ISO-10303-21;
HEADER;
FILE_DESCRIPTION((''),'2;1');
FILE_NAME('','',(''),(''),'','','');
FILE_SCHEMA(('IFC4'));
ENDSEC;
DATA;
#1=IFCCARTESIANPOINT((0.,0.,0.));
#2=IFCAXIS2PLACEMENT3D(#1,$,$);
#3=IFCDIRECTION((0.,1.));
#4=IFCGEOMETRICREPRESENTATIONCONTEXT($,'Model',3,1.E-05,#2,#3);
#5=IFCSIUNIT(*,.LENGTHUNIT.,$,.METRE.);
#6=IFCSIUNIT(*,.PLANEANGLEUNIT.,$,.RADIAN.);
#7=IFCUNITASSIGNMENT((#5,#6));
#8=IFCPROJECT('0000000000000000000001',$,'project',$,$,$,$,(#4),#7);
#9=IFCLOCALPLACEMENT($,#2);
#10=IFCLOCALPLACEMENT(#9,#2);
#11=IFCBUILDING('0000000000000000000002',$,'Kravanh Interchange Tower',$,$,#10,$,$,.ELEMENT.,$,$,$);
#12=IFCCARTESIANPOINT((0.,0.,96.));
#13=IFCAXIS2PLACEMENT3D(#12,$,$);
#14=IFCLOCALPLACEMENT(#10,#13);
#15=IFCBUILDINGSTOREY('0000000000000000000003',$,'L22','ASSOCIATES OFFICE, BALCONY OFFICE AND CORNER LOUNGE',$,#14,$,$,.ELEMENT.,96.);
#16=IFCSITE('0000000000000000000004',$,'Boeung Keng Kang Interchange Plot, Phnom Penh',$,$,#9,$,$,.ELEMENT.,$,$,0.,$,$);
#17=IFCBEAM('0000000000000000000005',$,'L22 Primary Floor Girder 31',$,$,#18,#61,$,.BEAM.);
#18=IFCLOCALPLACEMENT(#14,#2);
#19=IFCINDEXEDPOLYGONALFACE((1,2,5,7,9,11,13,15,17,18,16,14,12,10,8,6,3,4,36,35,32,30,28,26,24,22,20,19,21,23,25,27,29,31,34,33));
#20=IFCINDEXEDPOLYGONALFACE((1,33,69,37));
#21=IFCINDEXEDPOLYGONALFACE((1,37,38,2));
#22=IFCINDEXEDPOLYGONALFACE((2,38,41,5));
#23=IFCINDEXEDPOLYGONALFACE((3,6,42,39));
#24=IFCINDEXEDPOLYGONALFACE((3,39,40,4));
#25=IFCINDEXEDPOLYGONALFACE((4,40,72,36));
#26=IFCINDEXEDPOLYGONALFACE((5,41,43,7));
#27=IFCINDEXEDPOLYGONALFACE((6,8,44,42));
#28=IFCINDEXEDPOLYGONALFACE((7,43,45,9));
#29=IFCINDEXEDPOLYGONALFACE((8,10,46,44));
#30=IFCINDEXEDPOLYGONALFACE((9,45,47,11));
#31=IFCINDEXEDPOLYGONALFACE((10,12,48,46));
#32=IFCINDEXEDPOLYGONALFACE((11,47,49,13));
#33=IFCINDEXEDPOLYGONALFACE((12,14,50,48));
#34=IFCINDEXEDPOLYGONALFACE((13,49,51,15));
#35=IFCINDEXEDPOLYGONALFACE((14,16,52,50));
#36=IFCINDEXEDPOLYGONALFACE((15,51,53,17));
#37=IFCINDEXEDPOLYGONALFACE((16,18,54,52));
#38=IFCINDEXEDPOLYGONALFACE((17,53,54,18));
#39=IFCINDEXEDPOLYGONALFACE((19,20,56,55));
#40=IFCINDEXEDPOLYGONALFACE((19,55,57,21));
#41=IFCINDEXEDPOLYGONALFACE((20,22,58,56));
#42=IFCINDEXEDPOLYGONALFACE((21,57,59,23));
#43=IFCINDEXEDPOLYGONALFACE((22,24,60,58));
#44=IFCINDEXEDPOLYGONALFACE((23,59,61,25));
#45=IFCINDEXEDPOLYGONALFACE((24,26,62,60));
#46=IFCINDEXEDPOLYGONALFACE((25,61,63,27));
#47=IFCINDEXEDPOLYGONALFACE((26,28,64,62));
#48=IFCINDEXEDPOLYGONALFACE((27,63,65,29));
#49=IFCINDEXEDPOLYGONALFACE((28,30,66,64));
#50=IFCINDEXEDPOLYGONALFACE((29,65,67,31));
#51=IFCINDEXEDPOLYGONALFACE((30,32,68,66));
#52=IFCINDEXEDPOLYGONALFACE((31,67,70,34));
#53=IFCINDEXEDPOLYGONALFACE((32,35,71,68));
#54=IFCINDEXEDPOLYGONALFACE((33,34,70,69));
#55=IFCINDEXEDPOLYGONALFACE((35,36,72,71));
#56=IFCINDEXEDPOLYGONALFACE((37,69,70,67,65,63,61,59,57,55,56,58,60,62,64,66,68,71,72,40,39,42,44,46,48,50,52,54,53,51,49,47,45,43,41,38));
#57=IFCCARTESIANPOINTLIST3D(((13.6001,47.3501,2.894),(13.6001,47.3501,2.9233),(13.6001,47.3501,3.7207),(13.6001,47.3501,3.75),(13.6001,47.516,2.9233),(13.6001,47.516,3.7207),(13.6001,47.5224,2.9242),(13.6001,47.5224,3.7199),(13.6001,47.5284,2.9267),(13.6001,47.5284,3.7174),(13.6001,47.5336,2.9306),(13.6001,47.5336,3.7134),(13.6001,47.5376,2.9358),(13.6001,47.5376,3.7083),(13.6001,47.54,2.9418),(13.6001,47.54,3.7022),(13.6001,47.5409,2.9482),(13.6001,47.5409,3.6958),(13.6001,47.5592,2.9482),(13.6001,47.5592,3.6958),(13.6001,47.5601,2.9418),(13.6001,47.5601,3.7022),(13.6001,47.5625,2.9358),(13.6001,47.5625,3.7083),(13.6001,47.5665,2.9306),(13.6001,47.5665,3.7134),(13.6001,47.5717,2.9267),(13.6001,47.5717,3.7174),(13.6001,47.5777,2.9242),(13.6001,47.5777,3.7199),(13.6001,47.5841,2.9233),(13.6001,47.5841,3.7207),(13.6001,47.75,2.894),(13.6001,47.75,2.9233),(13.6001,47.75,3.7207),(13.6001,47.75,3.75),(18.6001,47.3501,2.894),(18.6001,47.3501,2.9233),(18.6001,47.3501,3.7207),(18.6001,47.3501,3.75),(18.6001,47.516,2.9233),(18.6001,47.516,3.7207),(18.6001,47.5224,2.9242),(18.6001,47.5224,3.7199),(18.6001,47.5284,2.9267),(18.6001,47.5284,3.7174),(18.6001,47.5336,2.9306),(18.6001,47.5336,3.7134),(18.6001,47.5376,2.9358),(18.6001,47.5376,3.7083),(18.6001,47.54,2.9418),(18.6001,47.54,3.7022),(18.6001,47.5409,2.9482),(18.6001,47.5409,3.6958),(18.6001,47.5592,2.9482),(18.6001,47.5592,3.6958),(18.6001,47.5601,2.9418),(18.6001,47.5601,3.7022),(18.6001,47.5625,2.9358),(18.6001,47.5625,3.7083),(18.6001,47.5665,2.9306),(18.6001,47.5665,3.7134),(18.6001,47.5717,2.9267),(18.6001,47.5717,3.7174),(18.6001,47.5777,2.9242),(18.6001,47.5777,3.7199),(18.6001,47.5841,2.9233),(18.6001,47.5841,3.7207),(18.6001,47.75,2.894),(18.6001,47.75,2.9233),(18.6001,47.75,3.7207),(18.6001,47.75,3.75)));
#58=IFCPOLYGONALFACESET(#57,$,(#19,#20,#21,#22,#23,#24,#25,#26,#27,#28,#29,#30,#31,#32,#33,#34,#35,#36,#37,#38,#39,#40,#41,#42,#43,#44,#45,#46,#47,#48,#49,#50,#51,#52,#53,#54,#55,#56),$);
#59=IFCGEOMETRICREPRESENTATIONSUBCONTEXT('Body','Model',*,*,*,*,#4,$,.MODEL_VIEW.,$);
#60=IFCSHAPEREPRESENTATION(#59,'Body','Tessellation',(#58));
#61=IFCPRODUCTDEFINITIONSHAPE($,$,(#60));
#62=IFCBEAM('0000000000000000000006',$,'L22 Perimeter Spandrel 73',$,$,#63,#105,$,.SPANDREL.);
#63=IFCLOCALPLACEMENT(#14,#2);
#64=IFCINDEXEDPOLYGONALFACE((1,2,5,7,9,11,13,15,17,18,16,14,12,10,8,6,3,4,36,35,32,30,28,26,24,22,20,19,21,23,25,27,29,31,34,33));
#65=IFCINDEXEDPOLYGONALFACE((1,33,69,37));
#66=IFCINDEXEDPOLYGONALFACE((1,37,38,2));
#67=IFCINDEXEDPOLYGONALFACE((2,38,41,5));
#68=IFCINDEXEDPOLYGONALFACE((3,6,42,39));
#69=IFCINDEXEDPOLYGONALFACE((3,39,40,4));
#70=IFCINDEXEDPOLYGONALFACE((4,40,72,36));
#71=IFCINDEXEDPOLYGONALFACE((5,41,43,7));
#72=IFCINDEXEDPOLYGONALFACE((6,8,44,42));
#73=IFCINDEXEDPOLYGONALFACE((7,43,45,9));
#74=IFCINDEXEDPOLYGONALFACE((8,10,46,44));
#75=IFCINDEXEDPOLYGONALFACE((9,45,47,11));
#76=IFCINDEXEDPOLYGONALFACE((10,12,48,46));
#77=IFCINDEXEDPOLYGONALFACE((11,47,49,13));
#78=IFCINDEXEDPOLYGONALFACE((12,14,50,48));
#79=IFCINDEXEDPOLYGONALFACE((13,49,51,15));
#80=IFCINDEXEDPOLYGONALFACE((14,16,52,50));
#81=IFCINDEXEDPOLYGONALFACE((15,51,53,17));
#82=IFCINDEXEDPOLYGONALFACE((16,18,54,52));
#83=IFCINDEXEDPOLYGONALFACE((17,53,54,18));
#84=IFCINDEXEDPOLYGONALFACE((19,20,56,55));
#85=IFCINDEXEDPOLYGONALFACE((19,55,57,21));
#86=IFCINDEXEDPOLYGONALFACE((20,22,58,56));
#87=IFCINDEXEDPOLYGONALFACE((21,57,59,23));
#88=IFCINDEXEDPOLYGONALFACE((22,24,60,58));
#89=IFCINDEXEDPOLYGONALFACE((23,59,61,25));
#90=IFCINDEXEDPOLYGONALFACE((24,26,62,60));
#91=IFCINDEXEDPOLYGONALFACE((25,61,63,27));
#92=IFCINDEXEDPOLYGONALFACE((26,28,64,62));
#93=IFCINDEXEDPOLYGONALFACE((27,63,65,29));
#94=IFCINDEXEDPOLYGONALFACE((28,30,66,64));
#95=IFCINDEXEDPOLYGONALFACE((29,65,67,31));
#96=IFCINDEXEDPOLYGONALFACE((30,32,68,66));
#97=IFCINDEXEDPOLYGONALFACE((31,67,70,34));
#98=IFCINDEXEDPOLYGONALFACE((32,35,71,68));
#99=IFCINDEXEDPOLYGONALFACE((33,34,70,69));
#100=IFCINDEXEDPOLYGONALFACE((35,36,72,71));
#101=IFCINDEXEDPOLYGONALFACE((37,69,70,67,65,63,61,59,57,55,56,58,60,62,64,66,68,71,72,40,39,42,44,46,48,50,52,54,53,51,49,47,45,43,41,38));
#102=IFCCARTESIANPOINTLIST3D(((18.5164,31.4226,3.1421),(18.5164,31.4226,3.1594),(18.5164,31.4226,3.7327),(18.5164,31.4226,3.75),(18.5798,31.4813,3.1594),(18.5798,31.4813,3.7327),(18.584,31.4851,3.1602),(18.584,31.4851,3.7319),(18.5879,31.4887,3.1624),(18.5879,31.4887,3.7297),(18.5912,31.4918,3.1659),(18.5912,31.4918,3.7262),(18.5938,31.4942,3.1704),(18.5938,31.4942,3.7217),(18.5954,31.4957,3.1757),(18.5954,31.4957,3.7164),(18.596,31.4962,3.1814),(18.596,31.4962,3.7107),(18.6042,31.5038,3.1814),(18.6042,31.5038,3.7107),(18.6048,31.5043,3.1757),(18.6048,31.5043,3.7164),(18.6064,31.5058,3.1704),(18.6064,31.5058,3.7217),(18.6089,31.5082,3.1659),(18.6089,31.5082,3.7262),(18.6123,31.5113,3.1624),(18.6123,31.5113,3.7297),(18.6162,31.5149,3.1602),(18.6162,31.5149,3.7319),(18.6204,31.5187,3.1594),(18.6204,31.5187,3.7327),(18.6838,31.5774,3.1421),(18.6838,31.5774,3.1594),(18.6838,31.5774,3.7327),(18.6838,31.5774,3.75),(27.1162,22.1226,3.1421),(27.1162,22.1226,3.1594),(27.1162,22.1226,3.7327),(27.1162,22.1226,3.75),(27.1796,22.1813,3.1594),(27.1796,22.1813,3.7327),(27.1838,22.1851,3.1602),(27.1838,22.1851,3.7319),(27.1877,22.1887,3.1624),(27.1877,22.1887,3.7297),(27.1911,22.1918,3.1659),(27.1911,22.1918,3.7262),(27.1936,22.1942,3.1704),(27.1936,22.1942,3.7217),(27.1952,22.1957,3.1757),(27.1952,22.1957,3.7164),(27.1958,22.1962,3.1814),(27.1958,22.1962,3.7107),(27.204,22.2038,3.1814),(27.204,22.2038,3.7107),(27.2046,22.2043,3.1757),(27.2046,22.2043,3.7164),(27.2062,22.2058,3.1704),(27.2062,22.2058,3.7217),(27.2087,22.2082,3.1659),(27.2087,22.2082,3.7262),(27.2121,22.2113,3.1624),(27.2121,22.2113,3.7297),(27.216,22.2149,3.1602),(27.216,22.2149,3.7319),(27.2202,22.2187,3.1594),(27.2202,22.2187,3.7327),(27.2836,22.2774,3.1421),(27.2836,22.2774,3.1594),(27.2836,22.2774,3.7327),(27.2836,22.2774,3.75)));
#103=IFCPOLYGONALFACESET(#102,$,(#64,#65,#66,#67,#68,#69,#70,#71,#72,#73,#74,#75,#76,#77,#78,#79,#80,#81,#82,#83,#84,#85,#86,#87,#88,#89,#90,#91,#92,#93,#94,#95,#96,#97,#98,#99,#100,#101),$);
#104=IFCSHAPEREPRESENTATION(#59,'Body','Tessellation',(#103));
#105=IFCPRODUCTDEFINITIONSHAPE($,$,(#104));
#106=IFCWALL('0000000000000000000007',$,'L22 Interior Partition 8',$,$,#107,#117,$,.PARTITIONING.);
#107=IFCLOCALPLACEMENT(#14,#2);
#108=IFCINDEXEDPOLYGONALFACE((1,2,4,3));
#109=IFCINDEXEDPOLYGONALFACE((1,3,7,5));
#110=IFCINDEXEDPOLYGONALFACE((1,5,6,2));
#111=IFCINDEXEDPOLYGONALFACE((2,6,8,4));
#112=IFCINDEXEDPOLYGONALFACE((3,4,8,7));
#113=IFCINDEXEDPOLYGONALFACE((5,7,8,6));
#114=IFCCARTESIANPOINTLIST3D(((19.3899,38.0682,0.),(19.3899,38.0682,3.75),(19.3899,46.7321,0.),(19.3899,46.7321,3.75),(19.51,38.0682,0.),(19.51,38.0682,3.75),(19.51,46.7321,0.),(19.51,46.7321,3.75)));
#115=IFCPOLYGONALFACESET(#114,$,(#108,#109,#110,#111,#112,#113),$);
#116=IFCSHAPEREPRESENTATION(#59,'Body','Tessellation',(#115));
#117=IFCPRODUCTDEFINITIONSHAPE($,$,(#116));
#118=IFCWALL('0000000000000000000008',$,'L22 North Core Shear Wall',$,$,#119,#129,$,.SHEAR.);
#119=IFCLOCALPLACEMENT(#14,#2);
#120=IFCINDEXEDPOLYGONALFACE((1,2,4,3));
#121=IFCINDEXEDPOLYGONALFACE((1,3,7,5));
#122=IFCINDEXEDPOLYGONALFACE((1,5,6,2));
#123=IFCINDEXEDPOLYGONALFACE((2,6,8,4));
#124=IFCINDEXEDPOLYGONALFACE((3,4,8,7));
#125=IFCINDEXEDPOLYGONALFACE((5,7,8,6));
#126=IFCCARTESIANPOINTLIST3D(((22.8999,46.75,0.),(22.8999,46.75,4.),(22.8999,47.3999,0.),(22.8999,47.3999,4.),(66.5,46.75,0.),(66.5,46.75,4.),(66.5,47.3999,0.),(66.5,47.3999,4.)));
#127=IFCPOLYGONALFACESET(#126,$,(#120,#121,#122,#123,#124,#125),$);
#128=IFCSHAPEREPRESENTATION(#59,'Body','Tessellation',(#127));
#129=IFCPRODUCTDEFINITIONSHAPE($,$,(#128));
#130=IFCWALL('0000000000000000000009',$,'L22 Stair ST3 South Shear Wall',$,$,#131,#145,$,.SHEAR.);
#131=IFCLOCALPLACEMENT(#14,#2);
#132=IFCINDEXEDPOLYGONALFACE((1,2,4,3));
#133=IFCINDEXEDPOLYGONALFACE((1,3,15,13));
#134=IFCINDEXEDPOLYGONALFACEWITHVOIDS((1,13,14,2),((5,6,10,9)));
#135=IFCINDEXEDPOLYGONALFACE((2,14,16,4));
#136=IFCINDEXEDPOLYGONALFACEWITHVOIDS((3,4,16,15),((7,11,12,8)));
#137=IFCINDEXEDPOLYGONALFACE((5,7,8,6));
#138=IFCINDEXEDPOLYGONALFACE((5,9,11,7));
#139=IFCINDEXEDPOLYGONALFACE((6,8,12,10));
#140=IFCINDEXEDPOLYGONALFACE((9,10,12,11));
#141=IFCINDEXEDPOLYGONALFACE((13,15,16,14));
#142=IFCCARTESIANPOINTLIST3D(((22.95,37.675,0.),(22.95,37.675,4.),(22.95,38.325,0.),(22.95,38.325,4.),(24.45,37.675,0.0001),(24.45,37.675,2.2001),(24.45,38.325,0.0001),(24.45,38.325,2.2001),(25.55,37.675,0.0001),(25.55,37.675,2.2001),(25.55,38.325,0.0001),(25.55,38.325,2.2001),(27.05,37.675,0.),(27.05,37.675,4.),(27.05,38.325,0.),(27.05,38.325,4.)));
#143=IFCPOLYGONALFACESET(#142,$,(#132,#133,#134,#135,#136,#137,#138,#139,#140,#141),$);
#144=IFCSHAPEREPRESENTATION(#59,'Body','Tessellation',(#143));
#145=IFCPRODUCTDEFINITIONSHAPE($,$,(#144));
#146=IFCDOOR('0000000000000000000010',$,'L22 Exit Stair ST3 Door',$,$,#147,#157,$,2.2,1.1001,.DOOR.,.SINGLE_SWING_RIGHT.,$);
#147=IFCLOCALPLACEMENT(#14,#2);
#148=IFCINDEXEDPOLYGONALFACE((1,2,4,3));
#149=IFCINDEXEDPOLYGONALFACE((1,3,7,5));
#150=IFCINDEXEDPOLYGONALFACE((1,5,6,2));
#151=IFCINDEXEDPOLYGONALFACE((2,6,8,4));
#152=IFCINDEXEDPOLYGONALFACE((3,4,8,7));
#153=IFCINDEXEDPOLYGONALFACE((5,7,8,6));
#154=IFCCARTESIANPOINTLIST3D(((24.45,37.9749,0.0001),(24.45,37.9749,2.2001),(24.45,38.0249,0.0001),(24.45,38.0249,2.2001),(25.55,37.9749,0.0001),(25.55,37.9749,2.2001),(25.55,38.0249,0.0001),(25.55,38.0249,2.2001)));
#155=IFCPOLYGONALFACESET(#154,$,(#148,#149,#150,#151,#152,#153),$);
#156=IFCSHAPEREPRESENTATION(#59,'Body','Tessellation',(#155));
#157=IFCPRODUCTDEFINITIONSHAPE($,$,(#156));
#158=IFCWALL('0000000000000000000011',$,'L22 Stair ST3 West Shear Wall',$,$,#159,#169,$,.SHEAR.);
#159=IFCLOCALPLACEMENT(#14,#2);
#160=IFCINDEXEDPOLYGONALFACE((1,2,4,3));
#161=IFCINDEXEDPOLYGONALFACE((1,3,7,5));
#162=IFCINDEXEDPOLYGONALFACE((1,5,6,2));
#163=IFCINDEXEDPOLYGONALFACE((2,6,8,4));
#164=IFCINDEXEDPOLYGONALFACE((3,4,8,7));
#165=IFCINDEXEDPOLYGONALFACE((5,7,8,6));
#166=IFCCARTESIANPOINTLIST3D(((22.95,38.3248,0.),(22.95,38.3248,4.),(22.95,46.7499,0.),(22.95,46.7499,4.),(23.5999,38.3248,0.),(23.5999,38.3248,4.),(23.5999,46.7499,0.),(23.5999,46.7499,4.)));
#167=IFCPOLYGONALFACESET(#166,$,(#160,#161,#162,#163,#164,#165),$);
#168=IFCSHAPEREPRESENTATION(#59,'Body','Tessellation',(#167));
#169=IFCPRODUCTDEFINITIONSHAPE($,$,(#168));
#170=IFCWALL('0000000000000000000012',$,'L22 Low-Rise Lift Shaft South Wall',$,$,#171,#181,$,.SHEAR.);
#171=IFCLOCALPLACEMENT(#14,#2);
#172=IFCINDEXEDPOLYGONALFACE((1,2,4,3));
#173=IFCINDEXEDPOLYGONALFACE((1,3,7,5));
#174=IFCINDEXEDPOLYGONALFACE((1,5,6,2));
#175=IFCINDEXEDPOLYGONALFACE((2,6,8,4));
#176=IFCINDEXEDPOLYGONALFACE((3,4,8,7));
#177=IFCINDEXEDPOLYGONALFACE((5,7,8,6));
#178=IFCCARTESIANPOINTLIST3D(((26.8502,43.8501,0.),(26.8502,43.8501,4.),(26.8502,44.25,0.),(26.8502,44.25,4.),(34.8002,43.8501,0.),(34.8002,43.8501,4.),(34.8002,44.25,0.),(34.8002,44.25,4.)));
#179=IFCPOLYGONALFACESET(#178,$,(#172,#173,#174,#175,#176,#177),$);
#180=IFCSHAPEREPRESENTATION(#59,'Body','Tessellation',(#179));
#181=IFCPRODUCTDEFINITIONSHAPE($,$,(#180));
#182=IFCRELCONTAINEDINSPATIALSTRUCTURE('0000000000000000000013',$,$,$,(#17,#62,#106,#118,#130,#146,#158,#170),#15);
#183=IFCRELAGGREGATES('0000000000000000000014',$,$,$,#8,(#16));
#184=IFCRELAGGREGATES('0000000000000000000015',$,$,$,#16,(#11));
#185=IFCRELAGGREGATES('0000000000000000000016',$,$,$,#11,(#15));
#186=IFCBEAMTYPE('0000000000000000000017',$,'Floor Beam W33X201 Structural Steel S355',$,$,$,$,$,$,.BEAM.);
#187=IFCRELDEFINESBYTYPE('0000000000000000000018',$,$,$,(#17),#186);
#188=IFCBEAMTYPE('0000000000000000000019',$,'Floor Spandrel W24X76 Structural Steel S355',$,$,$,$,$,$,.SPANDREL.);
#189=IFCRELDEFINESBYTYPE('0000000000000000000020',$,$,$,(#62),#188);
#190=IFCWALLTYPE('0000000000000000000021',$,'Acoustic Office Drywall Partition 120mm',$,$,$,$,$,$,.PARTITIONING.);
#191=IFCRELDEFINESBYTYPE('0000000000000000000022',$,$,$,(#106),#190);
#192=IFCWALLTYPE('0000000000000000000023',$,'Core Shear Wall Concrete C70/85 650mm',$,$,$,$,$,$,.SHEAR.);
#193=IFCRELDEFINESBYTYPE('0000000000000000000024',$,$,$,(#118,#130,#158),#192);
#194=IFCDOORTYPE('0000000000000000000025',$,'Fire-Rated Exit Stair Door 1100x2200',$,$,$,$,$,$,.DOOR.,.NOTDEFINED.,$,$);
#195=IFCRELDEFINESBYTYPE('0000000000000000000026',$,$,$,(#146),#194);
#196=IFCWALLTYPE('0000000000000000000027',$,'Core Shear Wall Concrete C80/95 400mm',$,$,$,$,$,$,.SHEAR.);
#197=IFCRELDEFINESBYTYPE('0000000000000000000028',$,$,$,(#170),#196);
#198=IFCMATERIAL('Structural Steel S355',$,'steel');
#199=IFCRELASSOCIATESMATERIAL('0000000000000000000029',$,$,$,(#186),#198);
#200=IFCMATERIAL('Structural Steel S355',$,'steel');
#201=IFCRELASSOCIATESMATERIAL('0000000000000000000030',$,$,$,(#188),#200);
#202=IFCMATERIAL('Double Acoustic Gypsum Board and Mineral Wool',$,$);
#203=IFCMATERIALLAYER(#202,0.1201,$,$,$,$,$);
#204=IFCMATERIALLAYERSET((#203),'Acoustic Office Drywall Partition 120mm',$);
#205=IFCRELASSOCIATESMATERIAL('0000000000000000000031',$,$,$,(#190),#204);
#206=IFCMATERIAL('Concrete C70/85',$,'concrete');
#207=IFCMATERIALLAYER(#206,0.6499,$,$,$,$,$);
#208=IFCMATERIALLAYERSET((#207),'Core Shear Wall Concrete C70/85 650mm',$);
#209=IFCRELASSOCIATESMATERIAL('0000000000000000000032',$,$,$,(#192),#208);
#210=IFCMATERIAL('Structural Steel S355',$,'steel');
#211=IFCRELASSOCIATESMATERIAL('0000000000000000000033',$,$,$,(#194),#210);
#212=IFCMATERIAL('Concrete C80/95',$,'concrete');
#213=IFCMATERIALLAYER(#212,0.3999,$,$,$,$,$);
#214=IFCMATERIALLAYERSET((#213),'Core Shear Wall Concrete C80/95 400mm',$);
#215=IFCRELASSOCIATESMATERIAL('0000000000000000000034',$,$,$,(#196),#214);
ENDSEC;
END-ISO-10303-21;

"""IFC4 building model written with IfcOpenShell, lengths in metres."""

from ifc_helpers import new_model, si_unit, direction, frame, frame_2d, origin, origin_2d, place, context, subcontext, project, spatial, rectangle, i_section, extrude, material, layer, layer_set, material_profile, profile_set, type_object, element, fill, save


model = new_model("IFC4")

# Units and contexts
model_context = context("Model", 3, precision=1e-05, world=origin(), true_north=direction((0.0, 1.0)))
body_context = subcontext(model_context, "Body", "Model", "MODEL_VIEW")
ifc_project = project(units=[si_unit("LENGTHUNIT", "METRE"), si_unit("PLANEANGLEUNIT", "RADIAN")], contexts=[model_context])

# Site, building, storey
site_placement = place(None, origin())
site = spatial("IfcSite", under=ifc_project, at=site_placement, Name="Boeung Keng Kang Interchange Plot, Phnom Penh", CompositionType="ELEMENT", RefElevation=0.0)
building_placement = place(site_placement, origin())
building = spatial("IfcBuilding", under=site, at=building_placement, Name="Kravanh Interchange Tower", CompositionType="ELEMENT")
storey_placement = place(building_placement, frame((0.0, 0.0, 96.0)))
storey = spatial("IfcBuildingStorey", under=building, at=storey_placement, Name="L22", Description="ASSOCIATES OFFICE, BALCONY OFFICE AND CORNER LOUNGE", CompositionType="ELEMENT", Elevation=96.0)

# Beams
ifc_material_1 = material(Name="Structural Steel S355", Category="steel")
ifc_material_profile_1 = material_profile(ifc_material_1, i_section(OverallWidth=0.3999, OverallDepth=0.856, WebThickness=0.0183, FlangeThickness=0.0293, FilletRadius=0.0249, at=origin_2d()), Name="W33X201")
ifc_profile_set_1 = profile_set([ifc_material_profile_1], Name="Structural Steel S355")
beam_type_1 = type_object("IfcBeamType", Name="Floor Beam W33X201 Structural Steel S355", PredefinedType="BEAM", material=ifc_profile_set_1)
beam_1_placement = place(storey_placement, frame((18.6001, 47.55, 3.322), z_axis=(-1.0, 0.0, 0.0), x_axis=(0.0, -1.0, 0.0)))
element("IfcBeam", 1, at=beam_1_placement, inside=storey, type_object=beam_type_1, Name="L22 Primary Floor Girder 31", PredefinedType="BEAM", context=body_context, shape_type="SweptSolid", body=[
    extrude(i_section(OverallWidth=0.3999, OverallDepth=0.856, WebThickness=0.0183, FlangeThickness=0.0293, FilletRadius=0.0249, at=origin_2d()), origin(), (0.0, 0.0, 1.0), 5.0),
])
ifc_material_2 = material(Name="Structural Steel S355", Category="steel")
ifc_material_profile_2 = material_profile(ifc_material_2, i_section(OverallWidth=0.228, OverallDepth=0.6079, WebThickness=0.0112, FlangeThickness=0.0173, FilletRadius=0.022, at=origin_2d()), Name="W24X76")
ifc_profile_set_2 = profile_set([ifc_material_profile_2], Name="Structural Steel S355")
beam_type_2 = type_object("IfcBeamType", Name="Floor Spandrel W24X76 Structural Steel S355", PredefinedType="SPANDREL", material=ifc_profile_set_2)
beam_2_placement = place(storey_placement, frame((18.6001, 31.5, 3.446), z_axis=(0.678927, -0.734205, 0.0), x_axis=(0.734205, 0.678927, 0.0)))
element("IfcBeam", 2, at=beam_2_placement, inside=storey, type_object=beam_type_2, Name="L22 Perimeter Spandrel 73", PredefinedType="SPANDREL", context=body_context, shape_type="SweptSolid", body=[
    extrude(i_section(OverallWidth=0.228, OverallDepth=0.6079, WebThickness=0.0112, FlangeThickness=0.0173, FilletRadius=0.022, at=origin_2d()), origin(), (0.0, 0.0, 1.0), 12.6667),
])

# Walls
ifc_material_3 = material(Name="Double Acoustic Gypsum Board and Mineral Wool")
ifc_layer_1 = layer(ifc_material_3, 0.1201)
ifc_layer_set_1 = layer_set([ifc_layer_1], Name="Acoustic Office Drywall Partition 120mm")
wall_type_1 = type_object("IfcWallType", Name="Acoustic Office Drywall Partition 120mm", PredefinedType="PARTITIONING", material=ifc_layer_set_1)
wall_1_placement = place(storey_placement, frame((19.45, 38.0681, 0.0), z_axis=(0.0, 0.0, 1.0), x_axis=(0.0, 1.0, 0.0)))
element("IfcWall", 3, at=wall_1_placement, inside=storey, type_object=wall_type_1, Name="L22 Interior Partition 8", PredefinedType="PARTITIONING", context=body_context, shape_type="SweptSolid", body=[
    extrude(rectangle(XDim=8.6638, YDim=0.1201, at=frame_2d((4.332, 0.0))), origin(), (0.0, 0.0, 1.0), 3.75),
])
ifc_material_4 = material(Name="Concrete C70/85", Category="concrete")
ifc_layer_2 = layer(ifc_material_4, 0.6499)
ifc_layer_set_2 = layer_set([ifc_layer_2], Name="Core Shear Wall Concrete C70/85 650mm")
wall_type_2 = type_object("IfcWallType", Name="Core Shear Wall Concrete C70/85 650mm", PredefinedType="SHEAR", material=ifc_layer_set_2)
wall_2_placement = place(storey_placement, frame((22.8999, 47.075, 0.0), z_axis=(0.0, 0.0, 1.0), x_axis=(1.0, 0.0, 0.0)))
element("IfcWall", 4, at=wall_2_placement, inside=storey, type_object=wall_type_2, Name="L22 North Core Shear Wall", PredefinedType="SHEAR", context=body_context, shape_type="SweptSolid", body=[
    extrude(rectangle(XDim=43.6001, YDim=0.6499, at=frame_2d((21.8, 0.0))), origin(), (0.0, 0.0, 1.0), 4.0),
])

# Wall, opening, door
wall_3_placement = place(storey_placement, frame((22.95, 38.0, 0.0), z_axis=(0.0, 0.0, 1.0), x_axis=(1.0, 0.0, 0.0)))
wall_3 = element("IfcWall", 5, at=wall_3_placement, inside=storey, type_object=wall_type_2, Name="L22 Stair ST3 South Shear Wall", PredefinedType="SHEAR", context=body_context, shape_type="SweptSolid", body=[
    extrude(rectangle(XDim=4.1001, YDim=0.6499, at=frame_2d((2.05, 0.0))), origin(), (0.0, 0.0, 1.0), 4.0),
])
opening_placement = place(wall_3_placement, frame((1.5, 0.0, 0.0)))
opening = element("IfcOpeningElement", 6, at=opening_placement, cuts=wall_3, PredefinedType="OPENING", context=body_context, shape_type="SweptSolid", body=[
    extrude(rectangle(XDim=1.1001, YDim=2.2, at=frame_2d((0.55, 1.1001))), frame((0.0, 0.335, 0.0), z_axis=(0.0, -1.0, 0.0), x_axis=(1.0, 0.0, 0.0)), (0.0, 0.0, 1.0), 0.6699),
])
ifc_material_5 = material(Name="Structural Steel S355", Category="steel")
door_type = type_object("IfcDoorType", Name="Fire-Rated Exit Stair Door 1100x2200", OperationType="NOTDEFINED", PredefinedType="DOOR", material=ifc_material_5)
door_placement = place(opening_placement, origin())
door = element("IfcDoor", 7, at=door_placement, inside=storey, type_object=door_type, Name="L22 Exit Stair ST3 Door", OperationType="SINGLE_SWING_RIGHT", OverallHeight=2.2, OverallWidth=1.1001, PredefinedType="DOOR", context=body_context, shape_type="SweptSolid", body=[
    extrude(rectangle(XDim=1.1001, YDim=2.2, at=frame_2d((0.55, 1.1001))), frame((0.0, 0.0249, 0.0), z_axis=(0.0, -1.0, 0.0), x_axis=(1.0, 0.0, 0.0)), (0.0, 0.0, 1.0), 0.05),
])
fill(opening, door)

# Walls
wall_4_placement = place(storey_placement, frame((23.2749, 38.325, 0.0), z_axis=(0.0, 0.0, 1.0), x_axis=(0.0, 1.0, 0.0)))
element("IfcWall", 8, at=wall_4_placement, inside=storey, type_object=wall_type_2, Name="L22 Stair ST3 West Shear Wall", PredefinedType="SHEAR", context=body_context, shape_type="SweptSolid", body=[
    extrude(rectangle(XDim=8.425, YDim=0.6499, at=frame_2d((4.2124, 0.0))), origin(), (0.0, 0.0, 1.0), 4.0),
])
ifc_material_6 = material(Name="Concrete C80/95", Category="concrete")
ifc_layer_3 = layer(ifc_material_6, 0.3999)
ifc_layer_set_3 = layer_set([ifc_layer_3], Name="Core Shear Wall Concrete C80/95 400mm")
wall_type_3 = type_object("IfcWallType", Name="Core Shear Wall Concrete C80/95 400mm", PredefinedType="SHEAR", material=ifc_layer_set_3)
wall_5_placement = place(storey_placement, frame((26.8501, 44.05, 0.0), z_axis=(0.0, 0.0, 1.0), x_axis=(1.0, 0.0, 0.0)))
element("IfcWall", 9, at=wall_5_placement, inside=storey, type_object=wall_type_3, Name="L22 Low-Rise Lift Shaft South Wall", PredefinedType="SHEAR", context=body_context, shape_type="SweptSolid", body=[
    extrude(rectangle(XDim=7.95, YDim=0.3999, at=frame_2d((3.9751, 0.0))), origin(), (0.0, 0.0, 1.0), 4.0),
])

save(model, "model.ifc")
